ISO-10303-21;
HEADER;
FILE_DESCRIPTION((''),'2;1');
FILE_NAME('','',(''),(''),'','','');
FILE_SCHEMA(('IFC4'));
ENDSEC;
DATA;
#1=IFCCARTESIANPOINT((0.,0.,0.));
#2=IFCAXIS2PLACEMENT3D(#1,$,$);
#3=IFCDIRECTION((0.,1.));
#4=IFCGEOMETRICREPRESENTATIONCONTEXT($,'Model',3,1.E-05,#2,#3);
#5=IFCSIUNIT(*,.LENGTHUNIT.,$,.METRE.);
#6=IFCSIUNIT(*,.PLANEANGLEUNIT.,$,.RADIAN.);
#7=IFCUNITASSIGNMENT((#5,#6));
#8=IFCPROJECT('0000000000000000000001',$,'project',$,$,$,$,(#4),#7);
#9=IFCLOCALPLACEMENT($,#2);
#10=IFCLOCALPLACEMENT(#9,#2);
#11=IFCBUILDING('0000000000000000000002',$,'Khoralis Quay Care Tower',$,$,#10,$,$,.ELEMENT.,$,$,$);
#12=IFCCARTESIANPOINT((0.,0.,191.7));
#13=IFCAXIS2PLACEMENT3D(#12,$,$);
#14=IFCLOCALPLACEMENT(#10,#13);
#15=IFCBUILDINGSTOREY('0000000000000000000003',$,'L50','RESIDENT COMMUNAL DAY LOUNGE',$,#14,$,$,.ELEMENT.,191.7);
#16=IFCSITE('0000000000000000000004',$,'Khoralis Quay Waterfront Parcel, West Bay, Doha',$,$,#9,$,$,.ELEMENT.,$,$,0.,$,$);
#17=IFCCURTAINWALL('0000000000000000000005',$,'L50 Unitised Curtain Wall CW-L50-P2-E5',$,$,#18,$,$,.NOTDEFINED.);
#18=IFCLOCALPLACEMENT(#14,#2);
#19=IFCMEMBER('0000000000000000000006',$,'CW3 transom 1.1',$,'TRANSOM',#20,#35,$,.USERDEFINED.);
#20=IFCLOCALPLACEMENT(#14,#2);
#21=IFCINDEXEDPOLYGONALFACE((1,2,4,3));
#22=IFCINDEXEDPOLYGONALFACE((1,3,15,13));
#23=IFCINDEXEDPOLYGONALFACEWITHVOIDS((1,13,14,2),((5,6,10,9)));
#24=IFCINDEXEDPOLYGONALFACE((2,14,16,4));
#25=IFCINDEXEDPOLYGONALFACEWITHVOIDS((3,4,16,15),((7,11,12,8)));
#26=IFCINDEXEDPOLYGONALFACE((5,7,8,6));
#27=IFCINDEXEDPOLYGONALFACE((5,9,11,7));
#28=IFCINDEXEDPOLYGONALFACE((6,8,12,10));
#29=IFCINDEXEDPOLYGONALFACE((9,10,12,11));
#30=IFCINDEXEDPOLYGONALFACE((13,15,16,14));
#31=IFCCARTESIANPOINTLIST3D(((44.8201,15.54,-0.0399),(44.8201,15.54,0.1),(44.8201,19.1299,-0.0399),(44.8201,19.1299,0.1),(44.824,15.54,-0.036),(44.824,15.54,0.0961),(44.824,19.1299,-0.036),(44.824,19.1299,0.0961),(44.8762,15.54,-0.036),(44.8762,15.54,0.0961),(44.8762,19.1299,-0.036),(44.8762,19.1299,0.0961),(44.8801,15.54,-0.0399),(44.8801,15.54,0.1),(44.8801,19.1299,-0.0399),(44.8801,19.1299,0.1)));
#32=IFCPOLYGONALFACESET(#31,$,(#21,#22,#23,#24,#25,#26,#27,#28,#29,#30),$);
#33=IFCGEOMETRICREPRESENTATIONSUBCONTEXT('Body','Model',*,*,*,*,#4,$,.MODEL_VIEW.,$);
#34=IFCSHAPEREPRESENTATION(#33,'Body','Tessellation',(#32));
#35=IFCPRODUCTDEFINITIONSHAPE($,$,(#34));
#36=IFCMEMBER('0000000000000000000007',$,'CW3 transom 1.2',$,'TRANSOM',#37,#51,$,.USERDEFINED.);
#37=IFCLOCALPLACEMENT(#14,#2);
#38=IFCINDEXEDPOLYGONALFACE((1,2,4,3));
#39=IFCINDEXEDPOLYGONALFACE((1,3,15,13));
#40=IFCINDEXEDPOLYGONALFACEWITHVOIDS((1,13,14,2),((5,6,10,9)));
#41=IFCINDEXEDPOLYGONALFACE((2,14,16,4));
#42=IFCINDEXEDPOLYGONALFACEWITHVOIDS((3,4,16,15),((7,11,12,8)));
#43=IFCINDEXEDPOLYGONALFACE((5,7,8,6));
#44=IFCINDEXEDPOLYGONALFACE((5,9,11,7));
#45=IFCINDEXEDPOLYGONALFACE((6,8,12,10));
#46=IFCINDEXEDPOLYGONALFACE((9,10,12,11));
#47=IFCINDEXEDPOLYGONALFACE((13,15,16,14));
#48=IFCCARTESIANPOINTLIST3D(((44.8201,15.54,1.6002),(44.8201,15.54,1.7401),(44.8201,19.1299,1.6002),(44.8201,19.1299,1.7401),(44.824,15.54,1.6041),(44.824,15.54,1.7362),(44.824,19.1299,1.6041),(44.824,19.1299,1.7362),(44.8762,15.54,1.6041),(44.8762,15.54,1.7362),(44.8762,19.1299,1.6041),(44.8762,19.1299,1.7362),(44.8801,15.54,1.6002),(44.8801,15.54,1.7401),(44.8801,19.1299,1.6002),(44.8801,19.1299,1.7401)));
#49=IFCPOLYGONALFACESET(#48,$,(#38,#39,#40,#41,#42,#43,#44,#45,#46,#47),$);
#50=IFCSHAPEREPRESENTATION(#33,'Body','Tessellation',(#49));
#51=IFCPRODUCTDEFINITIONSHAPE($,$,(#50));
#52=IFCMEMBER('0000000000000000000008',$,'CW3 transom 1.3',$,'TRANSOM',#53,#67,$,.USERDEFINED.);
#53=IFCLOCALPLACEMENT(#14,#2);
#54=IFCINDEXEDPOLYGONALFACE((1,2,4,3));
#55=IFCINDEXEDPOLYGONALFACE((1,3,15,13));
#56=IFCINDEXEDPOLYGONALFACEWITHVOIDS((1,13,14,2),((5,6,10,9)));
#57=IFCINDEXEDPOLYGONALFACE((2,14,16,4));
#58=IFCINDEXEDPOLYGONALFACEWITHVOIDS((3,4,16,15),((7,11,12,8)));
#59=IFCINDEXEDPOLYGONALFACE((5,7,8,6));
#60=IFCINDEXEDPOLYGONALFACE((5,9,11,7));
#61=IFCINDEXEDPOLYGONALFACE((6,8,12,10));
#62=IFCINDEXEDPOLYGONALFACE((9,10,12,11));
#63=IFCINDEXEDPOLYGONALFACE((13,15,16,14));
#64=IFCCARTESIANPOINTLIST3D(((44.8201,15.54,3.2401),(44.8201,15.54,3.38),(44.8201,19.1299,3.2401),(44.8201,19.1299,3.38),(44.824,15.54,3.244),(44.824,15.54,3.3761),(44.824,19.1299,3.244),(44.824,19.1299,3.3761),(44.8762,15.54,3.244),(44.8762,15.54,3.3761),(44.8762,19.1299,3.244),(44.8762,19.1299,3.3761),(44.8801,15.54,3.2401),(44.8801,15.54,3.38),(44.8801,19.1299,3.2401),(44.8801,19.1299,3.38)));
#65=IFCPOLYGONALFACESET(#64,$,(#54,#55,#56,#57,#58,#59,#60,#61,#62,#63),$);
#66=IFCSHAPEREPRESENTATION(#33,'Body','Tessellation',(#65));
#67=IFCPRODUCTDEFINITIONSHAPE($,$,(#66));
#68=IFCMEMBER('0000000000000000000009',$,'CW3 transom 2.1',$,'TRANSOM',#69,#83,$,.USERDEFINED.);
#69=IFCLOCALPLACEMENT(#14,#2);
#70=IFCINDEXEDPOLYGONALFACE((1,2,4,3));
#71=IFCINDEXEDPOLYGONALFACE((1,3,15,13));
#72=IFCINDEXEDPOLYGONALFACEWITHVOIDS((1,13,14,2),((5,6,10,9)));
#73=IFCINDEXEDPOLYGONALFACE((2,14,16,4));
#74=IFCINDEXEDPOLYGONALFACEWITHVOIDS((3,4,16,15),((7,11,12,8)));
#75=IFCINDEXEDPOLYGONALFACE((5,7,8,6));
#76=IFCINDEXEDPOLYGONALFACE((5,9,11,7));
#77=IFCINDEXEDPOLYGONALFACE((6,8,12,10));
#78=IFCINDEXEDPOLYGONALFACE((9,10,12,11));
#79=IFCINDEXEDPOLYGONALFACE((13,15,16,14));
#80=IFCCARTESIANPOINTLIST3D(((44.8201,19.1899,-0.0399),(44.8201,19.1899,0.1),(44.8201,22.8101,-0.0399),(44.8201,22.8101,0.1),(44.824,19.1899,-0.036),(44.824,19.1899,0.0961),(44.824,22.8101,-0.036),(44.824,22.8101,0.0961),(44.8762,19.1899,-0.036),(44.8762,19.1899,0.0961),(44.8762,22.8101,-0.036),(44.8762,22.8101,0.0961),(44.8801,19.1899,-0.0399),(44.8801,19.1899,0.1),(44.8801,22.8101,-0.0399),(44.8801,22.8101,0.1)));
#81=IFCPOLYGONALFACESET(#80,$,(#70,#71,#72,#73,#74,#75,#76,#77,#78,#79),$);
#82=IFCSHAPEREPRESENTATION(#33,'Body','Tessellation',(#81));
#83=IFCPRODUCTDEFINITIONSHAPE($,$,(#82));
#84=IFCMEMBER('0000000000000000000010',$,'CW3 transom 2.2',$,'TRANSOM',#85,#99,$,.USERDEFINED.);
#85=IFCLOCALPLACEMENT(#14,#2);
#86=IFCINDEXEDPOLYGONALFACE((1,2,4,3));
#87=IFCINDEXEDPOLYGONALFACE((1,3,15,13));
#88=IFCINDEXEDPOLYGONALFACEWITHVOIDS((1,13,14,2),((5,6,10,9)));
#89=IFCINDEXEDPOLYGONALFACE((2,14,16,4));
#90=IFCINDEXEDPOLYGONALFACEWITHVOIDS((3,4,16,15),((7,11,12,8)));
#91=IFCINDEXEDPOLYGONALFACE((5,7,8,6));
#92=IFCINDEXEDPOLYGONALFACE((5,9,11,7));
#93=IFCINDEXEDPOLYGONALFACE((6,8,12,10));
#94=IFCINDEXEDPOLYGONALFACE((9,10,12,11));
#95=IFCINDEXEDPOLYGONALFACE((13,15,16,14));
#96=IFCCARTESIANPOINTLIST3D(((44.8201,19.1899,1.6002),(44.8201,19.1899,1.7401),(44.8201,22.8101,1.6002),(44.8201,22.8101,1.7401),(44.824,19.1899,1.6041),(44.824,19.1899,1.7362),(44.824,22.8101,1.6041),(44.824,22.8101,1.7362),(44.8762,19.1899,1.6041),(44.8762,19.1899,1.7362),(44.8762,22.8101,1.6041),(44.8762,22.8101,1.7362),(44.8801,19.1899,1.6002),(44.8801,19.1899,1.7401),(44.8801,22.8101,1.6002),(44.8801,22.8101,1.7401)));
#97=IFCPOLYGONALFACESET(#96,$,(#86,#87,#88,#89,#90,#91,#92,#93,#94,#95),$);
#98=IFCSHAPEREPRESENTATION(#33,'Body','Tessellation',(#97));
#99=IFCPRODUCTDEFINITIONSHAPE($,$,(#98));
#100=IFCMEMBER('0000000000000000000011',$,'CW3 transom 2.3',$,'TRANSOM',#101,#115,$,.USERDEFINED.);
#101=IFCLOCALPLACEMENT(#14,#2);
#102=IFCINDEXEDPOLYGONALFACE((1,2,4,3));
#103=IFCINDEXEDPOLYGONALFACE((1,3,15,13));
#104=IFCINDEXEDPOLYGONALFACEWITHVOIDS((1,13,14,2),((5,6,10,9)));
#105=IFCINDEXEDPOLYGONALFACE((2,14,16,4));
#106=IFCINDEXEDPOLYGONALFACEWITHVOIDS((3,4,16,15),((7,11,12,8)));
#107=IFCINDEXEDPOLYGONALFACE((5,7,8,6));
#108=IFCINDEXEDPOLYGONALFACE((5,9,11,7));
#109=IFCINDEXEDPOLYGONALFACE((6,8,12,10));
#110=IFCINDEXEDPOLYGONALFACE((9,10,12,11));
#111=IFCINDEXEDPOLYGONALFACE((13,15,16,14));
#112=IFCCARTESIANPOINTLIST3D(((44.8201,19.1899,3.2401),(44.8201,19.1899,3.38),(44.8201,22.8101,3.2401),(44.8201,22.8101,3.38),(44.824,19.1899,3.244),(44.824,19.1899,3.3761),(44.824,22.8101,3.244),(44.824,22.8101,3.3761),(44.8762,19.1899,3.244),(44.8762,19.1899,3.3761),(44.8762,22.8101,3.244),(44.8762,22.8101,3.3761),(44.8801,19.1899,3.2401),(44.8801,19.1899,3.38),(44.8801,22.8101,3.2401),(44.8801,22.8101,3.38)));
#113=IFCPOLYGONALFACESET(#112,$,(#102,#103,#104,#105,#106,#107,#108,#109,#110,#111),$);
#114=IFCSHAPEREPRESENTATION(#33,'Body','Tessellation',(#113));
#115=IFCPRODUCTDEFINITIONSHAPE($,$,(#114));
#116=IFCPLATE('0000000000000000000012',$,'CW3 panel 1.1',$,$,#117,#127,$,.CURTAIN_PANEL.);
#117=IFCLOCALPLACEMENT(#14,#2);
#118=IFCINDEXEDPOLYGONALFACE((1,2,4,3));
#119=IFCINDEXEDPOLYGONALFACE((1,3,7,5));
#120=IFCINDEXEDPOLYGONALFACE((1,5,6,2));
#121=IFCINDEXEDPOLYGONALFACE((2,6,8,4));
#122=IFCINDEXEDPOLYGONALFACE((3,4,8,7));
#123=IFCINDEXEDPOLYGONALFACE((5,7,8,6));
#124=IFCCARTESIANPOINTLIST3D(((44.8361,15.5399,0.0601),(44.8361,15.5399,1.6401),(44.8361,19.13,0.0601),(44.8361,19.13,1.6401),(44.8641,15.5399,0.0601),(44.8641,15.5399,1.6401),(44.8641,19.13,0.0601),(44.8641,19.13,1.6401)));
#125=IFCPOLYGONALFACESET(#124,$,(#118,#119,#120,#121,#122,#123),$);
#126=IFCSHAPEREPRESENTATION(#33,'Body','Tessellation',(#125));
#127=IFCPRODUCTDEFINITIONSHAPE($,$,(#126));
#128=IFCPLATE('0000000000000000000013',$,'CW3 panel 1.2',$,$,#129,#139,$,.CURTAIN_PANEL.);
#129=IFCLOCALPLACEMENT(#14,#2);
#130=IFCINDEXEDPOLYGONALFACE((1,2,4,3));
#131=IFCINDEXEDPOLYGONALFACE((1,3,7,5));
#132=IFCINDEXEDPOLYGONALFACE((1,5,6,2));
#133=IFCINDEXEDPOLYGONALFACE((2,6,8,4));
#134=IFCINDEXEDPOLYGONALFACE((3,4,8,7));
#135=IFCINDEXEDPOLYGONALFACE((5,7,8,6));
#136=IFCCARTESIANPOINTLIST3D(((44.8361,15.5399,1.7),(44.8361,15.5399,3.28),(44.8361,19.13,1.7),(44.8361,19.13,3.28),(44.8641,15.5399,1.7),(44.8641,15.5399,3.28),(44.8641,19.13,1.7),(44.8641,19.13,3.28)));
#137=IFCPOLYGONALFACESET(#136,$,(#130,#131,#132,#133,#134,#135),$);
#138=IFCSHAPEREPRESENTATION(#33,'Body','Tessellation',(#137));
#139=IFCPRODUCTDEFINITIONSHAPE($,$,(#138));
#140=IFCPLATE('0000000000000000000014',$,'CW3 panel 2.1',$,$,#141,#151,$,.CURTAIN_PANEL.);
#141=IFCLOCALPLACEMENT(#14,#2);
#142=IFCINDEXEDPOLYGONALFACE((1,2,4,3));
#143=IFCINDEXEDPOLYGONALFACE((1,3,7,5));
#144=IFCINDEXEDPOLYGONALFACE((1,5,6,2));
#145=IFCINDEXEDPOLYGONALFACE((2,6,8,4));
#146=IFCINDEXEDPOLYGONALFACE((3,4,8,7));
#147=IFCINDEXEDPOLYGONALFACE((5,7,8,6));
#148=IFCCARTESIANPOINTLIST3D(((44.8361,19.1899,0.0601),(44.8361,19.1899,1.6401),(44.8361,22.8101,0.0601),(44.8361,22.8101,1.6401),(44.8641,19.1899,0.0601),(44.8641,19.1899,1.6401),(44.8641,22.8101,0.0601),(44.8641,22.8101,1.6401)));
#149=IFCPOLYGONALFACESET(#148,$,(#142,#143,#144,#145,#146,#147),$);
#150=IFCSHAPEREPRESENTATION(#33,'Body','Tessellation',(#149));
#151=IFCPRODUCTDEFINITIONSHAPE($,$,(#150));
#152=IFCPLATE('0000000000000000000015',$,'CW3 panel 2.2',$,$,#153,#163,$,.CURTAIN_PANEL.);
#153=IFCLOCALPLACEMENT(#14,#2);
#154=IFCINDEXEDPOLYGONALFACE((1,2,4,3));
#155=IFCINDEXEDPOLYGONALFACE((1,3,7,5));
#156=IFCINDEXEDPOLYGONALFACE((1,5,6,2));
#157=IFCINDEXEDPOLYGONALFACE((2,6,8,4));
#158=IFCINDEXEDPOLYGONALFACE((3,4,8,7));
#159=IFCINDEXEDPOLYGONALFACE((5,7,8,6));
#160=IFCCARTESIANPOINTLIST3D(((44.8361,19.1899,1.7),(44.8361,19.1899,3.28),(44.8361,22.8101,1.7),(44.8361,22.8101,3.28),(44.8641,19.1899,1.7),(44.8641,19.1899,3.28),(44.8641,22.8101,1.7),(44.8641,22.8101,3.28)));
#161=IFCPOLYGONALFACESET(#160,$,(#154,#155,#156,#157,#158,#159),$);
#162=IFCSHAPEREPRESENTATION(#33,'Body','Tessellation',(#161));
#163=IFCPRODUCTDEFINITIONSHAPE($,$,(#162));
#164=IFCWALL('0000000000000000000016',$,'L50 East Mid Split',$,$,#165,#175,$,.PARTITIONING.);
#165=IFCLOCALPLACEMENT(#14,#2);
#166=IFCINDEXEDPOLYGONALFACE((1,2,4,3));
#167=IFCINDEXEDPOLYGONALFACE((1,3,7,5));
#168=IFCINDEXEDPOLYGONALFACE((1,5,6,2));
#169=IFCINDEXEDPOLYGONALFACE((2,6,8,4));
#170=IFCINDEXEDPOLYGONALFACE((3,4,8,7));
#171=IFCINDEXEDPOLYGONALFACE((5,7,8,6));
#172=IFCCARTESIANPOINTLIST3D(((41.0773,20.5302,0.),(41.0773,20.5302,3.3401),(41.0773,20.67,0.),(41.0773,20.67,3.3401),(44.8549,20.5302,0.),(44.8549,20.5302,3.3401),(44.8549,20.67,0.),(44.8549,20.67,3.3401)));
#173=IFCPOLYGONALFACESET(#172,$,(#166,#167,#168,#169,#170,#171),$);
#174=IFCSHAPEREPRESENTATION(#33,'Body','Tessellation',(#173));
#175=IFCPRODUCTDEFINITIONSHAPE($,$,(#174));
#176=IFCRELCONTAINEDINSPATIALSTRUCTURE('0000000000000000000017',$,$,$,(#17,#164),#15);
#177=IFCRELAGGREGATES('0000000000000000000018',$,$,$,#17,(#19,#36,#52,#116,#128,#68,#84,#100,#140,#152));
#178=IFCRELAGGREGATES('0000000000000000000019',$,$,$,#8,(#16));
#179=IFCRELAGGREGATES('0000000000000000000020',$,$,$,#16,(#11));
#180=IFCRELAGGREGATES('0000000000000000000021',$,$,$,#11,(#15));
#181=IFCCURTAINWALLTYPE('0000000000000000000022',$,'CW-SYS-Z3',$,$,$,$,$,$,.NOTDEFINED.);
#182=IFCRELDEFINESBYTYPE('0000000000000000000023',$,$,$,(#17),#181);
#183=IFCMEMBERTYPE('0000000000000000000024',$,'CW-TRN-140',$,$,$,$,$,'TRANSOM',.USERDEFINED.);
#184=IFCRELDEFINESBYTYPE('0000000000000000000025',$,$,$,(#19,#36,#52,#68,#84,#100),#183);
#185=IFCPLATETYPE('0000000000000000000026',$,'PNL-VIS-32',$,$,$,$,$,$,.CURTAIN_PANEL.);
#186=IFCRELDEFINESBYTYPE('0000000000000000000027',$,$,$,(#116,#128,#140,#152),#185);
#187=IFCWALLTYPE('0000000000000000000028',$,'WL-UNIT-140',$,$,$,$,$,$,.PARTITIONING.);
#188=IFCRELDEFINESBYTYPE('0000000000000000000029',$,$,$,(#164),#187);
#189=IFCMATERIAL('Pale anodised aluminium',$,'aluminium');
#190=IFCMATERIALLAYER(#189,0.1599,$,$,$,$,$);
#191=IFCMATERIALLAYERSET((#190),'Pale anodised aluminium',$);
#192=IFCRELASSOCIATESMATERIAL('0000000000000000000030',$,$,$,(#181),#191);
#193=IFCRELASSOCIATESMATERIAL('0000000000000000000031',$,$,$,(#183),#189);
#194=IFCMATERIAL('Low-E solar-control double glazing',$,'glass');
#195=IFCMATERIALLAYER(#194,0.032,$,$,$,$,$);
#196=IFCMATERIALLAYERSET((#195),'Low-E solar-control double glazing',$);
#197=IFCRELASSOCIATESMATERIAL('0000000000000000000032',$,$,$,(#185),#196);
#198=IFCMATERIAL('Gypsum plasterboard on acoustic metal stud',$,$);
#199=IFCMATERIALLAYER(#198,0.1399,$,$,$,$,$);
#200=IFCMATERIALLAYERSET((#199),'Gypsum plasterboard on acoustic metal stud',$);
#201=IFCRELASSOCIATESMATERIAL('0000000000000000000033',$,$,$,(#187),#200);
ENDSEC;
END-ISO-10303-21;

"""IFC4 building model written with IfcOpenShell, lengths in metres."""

from ifc_helpers import new_model, si_unit, direction, frame, frame_2d, origin, origin_2d, place, context, subcontext, project, spatial, rectangle, hollow_rectangle, extrude, source, transform, mapped, material, layer, layer_set, material_profile, profile_set, type_object, element, aggregate, save


model = new_model("IFC4")

# Units and contexts
model_context = context("Model", 3, precision=1e-05, world=origin(), true_north=direction((0.0, 1.0)))
body_context = subcontext(model_context, "Body", "Model", "MODEL_VIEW")
ifc_project = project(units=[si_unit("LENGTHUNIT", "METRE"), si_unit("PLANEANGLEUNIT", "RADIAN")], contexts=[model_context])

# Site, building, storey
site_placement = place(None, origin())
site = spatial("IfcSite", under=ifc_project, at=site_placement, Name="Khoralis Quay Waterfront Parcel, West Bay, Doha", CompositionType="ELEMENT", RefElevation=0.0)
building_placement = place(site_placement, origin())
building = spatial("IfcBuilding", under=site, at=building_placement, Name="Khoralis Quay Care Tower", CompositionType="ELEMENT")
storey_placement = place(building_placement, frame((0.0, 0.0, 191.7)))
storey = spatial("IfcBuildingStorey", under=building, at=storey_placement, Name="L50", Description="RESIDENT COMMUNAL DAY LOUNGE", CompositionType="ELEMENT", Elevation=191.7)

# Curtain wall, members, plates
ifc_material_1 = material(Name="Pale anodised aluminium", Category="aluminium")
ifc_layer_1 = layer(ifc_material_1, 0.1599)
ifc_layer_set_1 = layer_set([ifc_layer_1], Name="Pale anodised aluminium")
curtain_wall_type = type_object("IfcCurtainWallType", Name="CW-SYS-Z3", PredefinedType="NOTDEFINED", material=ifc_layer_set_1)
curtain_wall_placement = place(storey_placement, origin())
curtain_wall = element("IfcCurtainWall", 1, at=curtain_wall_placement, inside=storey, type_object=curtain_wall_type, Name="L50 Unitised Curtain Wall CW-L50-P2-E5", PredefinedType="NOTDEFINED")
ifc_material_profile_1 = material_profile(ifc_material_1, hollow_rectangle(XDim=0.0601, YDim=0.1399, WallThickness=0.0039, at=origin_2d()), Name="Pale anodised aluminium")
ifc_profile_set_1 = profile_set([ifc_material_profile_1], Name="Pale anodised aluminium")
member_type_1 = type_object("IfcMemberType", Name="CW-TRN-140", ElementType="TRANSOM", PredefinedType="USERDEFINED", material=ifc_profile_set_1)
shared_shape_1 = source(origin(), body_context, "Body", "SweptSolid", [
    extrude(hollow_rectangle(XDim=0.0601, YDim=0.1399, WallThickness=0.0039, at=origin_2d()), origin(), (0.0, 0.0, 1.0), 3.5898),
])
member_1_placement = place(storey_placement, frame((44.8501, 15.54, 0.03), z_axis=(0.0, 1.0, 0.0), x_axis=(-1.0, 0.0, 0.0)))
member_1 = element("IfcMember", 2, at=member_1_placement, type_object=member_type_1, Name="CW3 transom 1.1", ObjectType="TRANSOM", PredefinedType="USERDEFINED", context=body_context, shape_type="MappedRepresentation", body=[
    mapped(shared_shape_1, transform((0.0, 0.0, 0.0), scale=1.0)),
])
member_2_placement = place(storey_placement, frame((44.8501, 15.54, 1.6702), z_axis=(0.0, 1.0, 0.0), x_axis=(-1.0, 0.0, 0.0)))
member_2 = element("IfcMember", 3, at=member_2_placement, type_object=member_type_1, Name="CW3 transom 1.2", ObjectType="TRANSOM", PredefinedType="USERDEFINED", context=body_context, shape_type="MappedRepresentation", body=[
    mapped(shared_shape_1, transform((0.0, 0.0, 0.0), scale=1.0)),
])
member_3_placement = place(storey_placement, frame((44.8501, 15.54, 3.3101), z_axis=(0.0, 1.0, 0.0), x_axis=(-1.0, 0.0, 0.0)))
member_3 = element("IfcMember", 4, at=member_3_placement, type_object=member_type_1, Name="CW3 transom 1.3", ObjectType="TRANSOM", PredefinedType="USERDEFINED", context=body_context, shape_type="MappedRepresentation", body=[
    mapped(shared_shape_1, transform((0.0, 0.0, 0.0), scale=1.0)),
])
shared_shape_2 = source(origin(), body_context, "Body", "SweptSolid", [
    extrude(hollow_rectangle(XDim=0.0601, YDim=0.1399, WallThickness=0.0039, at=origin_2d()), origin(), (0.0, 0.0, 1.0), 3.6201),
])
member_4_placement = place(storey_placement, frame((44.8501, 19.1899, 0.03), z_axis=(0.0, 1.0, 0.0), x_axis=(-1.0, 0.0, 0.0)))
member_4 = element("IfcMember", 5, at=member_4_placement, type_object=member_type_1, Name="CW3 transom 2.1", ObjectType="TRANSOM", PredefinedType="USERDEFINED", context=body_context, shape_type="MappedRepresentation", body=[
    mapped(shared_shape_2, transform((0.0, 0.0, 0.0), scale=1.0)),
])
member_5_placement = place(storey_placement, frame((44.8501, 19.1899, 1.6702), z_axis=(0.0, 1.0, 0.0), x_axis=(-1.0, 0.0, 0.0)))
member_5 = element("IfcMember", 6, at=member_5_placement, type_object=member_type_1, Name="CW3 transom 2.2", ObjectType="TRANSOM", PredefinedType="USERDEFINED", context=body_context, shape_type="MappedRepresentation", body=[
    mapped(shared_shape_2, transform((0.0, 0.0, 0.0), scale=1.0)),
])
member_6_placement = place(storey_placement, frame((44.8501, 19.1899, 3.3101), z_axis=(0.0, 1.0, 0.0), x_axis=(-1.0, 0.0, 0.0)))
member_6 = element("IfcMember", 7, at=member_6_placement, type_object=member_type_1, Name="CW3 transom 2.3", ObjectType="TRANSOM", PredefinedType="USERDEFINED", context=body_context, shape_type="MappedRepresentation", body=[
    mapped(shared_shape_2, transform((0.0, 0.0, 0.0), scale=1.0)),
])
ifc_material_2 = material(Name="Low-E solar-control double glazing", Category="glass")
ifc_layer_2 = layer(ifc_material_2, 0.032)
ifc_layer_set_2 = layer_set([ifc_layer_2], Name="Low-E solar-control double glazing")
plate_type = type_object("IfcPlateType", Name="PNL-VIS-32", PredefinedType="CURTAIN_PANEL", material=ifc_layer_set_2)
shared_shape_3 = source(origin(), body_context, "Body", "SweptSolid", [
    extrude(rectangle(XDim=3.5901, YDim=0.0281, at=origin_2d()), origin(), (0.0, 0.0, 1.0), 1.5801),
])
plate_1_placement = place(storey_placement, frame((44.8501, 17.335, 0.0601), z_axis=(0.0, 0.0, 1.0), x_axis=(0.0, 1.0, 0.0)))
plate_1 = element("IfcPlate", 8, at=plate_1_placement, type_object=plate_type, Name="CW3 panel 1.1", PredefinedType="CURTAIN_PANEL", context=body_context, shape_type="MappedRepresentation", body=[
    mapped(shared_shape_3, transform((0.0, 0.0, 0.0), scale=1.0)),
])
plate_2_placement = place(storey_placement, frame((44.8501, 17.335, 1.7), z_axis=(0.0, 0.0, 1.0), x_axis=(0.0, 1.0, 0.0)))
plate_2 = element("IfcPlate", 9, at=plate_2_placement, type_object=plate_type, Name="CW3 panel 1.2", PredefinedType="CURTAIN_PANEL", context=body_context, shape_type="MappedRepresentation", body=[
    mapped(shared_shape_3, transform((0.0, 0.0, 0.0), scale=1.0)),
])
shared_shape_4 = source(origin(), body_context, "Body", "SweptSolid", [
    extrude(rectangle(XDim=3.6201, YDim=0.0281, at=origin_2d()), origin(), (0.0, 0.0, 1.0), 1.5801),
])
plate_3_placement = place(storey_placement, frame((44.8501, 21.0, 0.0601), z_axis=(0.0, 0.0, 1.0), x_axis=(0.0, 1.0, 0.0)))
plate_3 = element("IfcPlate", 10, at=plate_3_placement, type_object=plate_type, Name="CW3 panel 2.1", PredefinedType="CURTAIN_PANEL", context=body_context, shape_type="MappedRepresentation", body=[
    mapped(shared_shape_4, transform((0.0, 0.0, 0.0), scale=1.0)),
])
plate_4_placement = place(storey_placement, frame((44.8501, 21.0, 1.7), z_axis=(0.0, 0.0, 1.0), x_axis=(0.0, 1.0, 0.0)))
plate_4 = element("IfcPlate", 11, at=plate_4_placement, type_object=plate_type, Name="CW3 panel 2.2", PredefinedType="CURTAIN_PANEL", context=body_context, shape_type="MappedRepresentation", body=[
    mapped(shared_shape_4, transform((0.0, 0.0, 0.0), scale=1.0)),
])
aggregate(curtain_wall, [member_1, member_2, member_3, plate_1, plate_2, member_4, member_5, member_6, plate_3, plate_4])

# Wall
ifc_material_3 = material(Name="Gypsum plasterboard on acoustic metal stud")
ifc_layer_3 = layer(ifc_material_3, 0.1399)
ifc_layer_set_3 = layer_set([ifc_layer_3], Name="Gypsum plasterboard on acoustic metal stud")
wall_type = type_object("IfcWallType", Name="WL-UNIT-140", PredefinedType="PARTITIONING", material=ifc_layer_set_3)
wall_placement = place(storey_placement, frame((41.0774, 20.6001, 0.0), z_axis=(0.0, 0.0, 1.0), x_axis=(1.0, 0.0, 0.0)))
element("IfcWall", 12, at=wall_placement, inside=storey, type_object=wall_type, Name="L50 East Mid Split", PredefinedType="PARTITIONING", context=body_context, shape_type="SweptSolid", body=[
    extrude(rectangle(XDim=3.7776, YDim=0.1399, at=frame_2d((1.8887, 0.0))), origin(), (0.0, 0.0, 1.0), 3.3401),
])

save(model, "model.ifc")
